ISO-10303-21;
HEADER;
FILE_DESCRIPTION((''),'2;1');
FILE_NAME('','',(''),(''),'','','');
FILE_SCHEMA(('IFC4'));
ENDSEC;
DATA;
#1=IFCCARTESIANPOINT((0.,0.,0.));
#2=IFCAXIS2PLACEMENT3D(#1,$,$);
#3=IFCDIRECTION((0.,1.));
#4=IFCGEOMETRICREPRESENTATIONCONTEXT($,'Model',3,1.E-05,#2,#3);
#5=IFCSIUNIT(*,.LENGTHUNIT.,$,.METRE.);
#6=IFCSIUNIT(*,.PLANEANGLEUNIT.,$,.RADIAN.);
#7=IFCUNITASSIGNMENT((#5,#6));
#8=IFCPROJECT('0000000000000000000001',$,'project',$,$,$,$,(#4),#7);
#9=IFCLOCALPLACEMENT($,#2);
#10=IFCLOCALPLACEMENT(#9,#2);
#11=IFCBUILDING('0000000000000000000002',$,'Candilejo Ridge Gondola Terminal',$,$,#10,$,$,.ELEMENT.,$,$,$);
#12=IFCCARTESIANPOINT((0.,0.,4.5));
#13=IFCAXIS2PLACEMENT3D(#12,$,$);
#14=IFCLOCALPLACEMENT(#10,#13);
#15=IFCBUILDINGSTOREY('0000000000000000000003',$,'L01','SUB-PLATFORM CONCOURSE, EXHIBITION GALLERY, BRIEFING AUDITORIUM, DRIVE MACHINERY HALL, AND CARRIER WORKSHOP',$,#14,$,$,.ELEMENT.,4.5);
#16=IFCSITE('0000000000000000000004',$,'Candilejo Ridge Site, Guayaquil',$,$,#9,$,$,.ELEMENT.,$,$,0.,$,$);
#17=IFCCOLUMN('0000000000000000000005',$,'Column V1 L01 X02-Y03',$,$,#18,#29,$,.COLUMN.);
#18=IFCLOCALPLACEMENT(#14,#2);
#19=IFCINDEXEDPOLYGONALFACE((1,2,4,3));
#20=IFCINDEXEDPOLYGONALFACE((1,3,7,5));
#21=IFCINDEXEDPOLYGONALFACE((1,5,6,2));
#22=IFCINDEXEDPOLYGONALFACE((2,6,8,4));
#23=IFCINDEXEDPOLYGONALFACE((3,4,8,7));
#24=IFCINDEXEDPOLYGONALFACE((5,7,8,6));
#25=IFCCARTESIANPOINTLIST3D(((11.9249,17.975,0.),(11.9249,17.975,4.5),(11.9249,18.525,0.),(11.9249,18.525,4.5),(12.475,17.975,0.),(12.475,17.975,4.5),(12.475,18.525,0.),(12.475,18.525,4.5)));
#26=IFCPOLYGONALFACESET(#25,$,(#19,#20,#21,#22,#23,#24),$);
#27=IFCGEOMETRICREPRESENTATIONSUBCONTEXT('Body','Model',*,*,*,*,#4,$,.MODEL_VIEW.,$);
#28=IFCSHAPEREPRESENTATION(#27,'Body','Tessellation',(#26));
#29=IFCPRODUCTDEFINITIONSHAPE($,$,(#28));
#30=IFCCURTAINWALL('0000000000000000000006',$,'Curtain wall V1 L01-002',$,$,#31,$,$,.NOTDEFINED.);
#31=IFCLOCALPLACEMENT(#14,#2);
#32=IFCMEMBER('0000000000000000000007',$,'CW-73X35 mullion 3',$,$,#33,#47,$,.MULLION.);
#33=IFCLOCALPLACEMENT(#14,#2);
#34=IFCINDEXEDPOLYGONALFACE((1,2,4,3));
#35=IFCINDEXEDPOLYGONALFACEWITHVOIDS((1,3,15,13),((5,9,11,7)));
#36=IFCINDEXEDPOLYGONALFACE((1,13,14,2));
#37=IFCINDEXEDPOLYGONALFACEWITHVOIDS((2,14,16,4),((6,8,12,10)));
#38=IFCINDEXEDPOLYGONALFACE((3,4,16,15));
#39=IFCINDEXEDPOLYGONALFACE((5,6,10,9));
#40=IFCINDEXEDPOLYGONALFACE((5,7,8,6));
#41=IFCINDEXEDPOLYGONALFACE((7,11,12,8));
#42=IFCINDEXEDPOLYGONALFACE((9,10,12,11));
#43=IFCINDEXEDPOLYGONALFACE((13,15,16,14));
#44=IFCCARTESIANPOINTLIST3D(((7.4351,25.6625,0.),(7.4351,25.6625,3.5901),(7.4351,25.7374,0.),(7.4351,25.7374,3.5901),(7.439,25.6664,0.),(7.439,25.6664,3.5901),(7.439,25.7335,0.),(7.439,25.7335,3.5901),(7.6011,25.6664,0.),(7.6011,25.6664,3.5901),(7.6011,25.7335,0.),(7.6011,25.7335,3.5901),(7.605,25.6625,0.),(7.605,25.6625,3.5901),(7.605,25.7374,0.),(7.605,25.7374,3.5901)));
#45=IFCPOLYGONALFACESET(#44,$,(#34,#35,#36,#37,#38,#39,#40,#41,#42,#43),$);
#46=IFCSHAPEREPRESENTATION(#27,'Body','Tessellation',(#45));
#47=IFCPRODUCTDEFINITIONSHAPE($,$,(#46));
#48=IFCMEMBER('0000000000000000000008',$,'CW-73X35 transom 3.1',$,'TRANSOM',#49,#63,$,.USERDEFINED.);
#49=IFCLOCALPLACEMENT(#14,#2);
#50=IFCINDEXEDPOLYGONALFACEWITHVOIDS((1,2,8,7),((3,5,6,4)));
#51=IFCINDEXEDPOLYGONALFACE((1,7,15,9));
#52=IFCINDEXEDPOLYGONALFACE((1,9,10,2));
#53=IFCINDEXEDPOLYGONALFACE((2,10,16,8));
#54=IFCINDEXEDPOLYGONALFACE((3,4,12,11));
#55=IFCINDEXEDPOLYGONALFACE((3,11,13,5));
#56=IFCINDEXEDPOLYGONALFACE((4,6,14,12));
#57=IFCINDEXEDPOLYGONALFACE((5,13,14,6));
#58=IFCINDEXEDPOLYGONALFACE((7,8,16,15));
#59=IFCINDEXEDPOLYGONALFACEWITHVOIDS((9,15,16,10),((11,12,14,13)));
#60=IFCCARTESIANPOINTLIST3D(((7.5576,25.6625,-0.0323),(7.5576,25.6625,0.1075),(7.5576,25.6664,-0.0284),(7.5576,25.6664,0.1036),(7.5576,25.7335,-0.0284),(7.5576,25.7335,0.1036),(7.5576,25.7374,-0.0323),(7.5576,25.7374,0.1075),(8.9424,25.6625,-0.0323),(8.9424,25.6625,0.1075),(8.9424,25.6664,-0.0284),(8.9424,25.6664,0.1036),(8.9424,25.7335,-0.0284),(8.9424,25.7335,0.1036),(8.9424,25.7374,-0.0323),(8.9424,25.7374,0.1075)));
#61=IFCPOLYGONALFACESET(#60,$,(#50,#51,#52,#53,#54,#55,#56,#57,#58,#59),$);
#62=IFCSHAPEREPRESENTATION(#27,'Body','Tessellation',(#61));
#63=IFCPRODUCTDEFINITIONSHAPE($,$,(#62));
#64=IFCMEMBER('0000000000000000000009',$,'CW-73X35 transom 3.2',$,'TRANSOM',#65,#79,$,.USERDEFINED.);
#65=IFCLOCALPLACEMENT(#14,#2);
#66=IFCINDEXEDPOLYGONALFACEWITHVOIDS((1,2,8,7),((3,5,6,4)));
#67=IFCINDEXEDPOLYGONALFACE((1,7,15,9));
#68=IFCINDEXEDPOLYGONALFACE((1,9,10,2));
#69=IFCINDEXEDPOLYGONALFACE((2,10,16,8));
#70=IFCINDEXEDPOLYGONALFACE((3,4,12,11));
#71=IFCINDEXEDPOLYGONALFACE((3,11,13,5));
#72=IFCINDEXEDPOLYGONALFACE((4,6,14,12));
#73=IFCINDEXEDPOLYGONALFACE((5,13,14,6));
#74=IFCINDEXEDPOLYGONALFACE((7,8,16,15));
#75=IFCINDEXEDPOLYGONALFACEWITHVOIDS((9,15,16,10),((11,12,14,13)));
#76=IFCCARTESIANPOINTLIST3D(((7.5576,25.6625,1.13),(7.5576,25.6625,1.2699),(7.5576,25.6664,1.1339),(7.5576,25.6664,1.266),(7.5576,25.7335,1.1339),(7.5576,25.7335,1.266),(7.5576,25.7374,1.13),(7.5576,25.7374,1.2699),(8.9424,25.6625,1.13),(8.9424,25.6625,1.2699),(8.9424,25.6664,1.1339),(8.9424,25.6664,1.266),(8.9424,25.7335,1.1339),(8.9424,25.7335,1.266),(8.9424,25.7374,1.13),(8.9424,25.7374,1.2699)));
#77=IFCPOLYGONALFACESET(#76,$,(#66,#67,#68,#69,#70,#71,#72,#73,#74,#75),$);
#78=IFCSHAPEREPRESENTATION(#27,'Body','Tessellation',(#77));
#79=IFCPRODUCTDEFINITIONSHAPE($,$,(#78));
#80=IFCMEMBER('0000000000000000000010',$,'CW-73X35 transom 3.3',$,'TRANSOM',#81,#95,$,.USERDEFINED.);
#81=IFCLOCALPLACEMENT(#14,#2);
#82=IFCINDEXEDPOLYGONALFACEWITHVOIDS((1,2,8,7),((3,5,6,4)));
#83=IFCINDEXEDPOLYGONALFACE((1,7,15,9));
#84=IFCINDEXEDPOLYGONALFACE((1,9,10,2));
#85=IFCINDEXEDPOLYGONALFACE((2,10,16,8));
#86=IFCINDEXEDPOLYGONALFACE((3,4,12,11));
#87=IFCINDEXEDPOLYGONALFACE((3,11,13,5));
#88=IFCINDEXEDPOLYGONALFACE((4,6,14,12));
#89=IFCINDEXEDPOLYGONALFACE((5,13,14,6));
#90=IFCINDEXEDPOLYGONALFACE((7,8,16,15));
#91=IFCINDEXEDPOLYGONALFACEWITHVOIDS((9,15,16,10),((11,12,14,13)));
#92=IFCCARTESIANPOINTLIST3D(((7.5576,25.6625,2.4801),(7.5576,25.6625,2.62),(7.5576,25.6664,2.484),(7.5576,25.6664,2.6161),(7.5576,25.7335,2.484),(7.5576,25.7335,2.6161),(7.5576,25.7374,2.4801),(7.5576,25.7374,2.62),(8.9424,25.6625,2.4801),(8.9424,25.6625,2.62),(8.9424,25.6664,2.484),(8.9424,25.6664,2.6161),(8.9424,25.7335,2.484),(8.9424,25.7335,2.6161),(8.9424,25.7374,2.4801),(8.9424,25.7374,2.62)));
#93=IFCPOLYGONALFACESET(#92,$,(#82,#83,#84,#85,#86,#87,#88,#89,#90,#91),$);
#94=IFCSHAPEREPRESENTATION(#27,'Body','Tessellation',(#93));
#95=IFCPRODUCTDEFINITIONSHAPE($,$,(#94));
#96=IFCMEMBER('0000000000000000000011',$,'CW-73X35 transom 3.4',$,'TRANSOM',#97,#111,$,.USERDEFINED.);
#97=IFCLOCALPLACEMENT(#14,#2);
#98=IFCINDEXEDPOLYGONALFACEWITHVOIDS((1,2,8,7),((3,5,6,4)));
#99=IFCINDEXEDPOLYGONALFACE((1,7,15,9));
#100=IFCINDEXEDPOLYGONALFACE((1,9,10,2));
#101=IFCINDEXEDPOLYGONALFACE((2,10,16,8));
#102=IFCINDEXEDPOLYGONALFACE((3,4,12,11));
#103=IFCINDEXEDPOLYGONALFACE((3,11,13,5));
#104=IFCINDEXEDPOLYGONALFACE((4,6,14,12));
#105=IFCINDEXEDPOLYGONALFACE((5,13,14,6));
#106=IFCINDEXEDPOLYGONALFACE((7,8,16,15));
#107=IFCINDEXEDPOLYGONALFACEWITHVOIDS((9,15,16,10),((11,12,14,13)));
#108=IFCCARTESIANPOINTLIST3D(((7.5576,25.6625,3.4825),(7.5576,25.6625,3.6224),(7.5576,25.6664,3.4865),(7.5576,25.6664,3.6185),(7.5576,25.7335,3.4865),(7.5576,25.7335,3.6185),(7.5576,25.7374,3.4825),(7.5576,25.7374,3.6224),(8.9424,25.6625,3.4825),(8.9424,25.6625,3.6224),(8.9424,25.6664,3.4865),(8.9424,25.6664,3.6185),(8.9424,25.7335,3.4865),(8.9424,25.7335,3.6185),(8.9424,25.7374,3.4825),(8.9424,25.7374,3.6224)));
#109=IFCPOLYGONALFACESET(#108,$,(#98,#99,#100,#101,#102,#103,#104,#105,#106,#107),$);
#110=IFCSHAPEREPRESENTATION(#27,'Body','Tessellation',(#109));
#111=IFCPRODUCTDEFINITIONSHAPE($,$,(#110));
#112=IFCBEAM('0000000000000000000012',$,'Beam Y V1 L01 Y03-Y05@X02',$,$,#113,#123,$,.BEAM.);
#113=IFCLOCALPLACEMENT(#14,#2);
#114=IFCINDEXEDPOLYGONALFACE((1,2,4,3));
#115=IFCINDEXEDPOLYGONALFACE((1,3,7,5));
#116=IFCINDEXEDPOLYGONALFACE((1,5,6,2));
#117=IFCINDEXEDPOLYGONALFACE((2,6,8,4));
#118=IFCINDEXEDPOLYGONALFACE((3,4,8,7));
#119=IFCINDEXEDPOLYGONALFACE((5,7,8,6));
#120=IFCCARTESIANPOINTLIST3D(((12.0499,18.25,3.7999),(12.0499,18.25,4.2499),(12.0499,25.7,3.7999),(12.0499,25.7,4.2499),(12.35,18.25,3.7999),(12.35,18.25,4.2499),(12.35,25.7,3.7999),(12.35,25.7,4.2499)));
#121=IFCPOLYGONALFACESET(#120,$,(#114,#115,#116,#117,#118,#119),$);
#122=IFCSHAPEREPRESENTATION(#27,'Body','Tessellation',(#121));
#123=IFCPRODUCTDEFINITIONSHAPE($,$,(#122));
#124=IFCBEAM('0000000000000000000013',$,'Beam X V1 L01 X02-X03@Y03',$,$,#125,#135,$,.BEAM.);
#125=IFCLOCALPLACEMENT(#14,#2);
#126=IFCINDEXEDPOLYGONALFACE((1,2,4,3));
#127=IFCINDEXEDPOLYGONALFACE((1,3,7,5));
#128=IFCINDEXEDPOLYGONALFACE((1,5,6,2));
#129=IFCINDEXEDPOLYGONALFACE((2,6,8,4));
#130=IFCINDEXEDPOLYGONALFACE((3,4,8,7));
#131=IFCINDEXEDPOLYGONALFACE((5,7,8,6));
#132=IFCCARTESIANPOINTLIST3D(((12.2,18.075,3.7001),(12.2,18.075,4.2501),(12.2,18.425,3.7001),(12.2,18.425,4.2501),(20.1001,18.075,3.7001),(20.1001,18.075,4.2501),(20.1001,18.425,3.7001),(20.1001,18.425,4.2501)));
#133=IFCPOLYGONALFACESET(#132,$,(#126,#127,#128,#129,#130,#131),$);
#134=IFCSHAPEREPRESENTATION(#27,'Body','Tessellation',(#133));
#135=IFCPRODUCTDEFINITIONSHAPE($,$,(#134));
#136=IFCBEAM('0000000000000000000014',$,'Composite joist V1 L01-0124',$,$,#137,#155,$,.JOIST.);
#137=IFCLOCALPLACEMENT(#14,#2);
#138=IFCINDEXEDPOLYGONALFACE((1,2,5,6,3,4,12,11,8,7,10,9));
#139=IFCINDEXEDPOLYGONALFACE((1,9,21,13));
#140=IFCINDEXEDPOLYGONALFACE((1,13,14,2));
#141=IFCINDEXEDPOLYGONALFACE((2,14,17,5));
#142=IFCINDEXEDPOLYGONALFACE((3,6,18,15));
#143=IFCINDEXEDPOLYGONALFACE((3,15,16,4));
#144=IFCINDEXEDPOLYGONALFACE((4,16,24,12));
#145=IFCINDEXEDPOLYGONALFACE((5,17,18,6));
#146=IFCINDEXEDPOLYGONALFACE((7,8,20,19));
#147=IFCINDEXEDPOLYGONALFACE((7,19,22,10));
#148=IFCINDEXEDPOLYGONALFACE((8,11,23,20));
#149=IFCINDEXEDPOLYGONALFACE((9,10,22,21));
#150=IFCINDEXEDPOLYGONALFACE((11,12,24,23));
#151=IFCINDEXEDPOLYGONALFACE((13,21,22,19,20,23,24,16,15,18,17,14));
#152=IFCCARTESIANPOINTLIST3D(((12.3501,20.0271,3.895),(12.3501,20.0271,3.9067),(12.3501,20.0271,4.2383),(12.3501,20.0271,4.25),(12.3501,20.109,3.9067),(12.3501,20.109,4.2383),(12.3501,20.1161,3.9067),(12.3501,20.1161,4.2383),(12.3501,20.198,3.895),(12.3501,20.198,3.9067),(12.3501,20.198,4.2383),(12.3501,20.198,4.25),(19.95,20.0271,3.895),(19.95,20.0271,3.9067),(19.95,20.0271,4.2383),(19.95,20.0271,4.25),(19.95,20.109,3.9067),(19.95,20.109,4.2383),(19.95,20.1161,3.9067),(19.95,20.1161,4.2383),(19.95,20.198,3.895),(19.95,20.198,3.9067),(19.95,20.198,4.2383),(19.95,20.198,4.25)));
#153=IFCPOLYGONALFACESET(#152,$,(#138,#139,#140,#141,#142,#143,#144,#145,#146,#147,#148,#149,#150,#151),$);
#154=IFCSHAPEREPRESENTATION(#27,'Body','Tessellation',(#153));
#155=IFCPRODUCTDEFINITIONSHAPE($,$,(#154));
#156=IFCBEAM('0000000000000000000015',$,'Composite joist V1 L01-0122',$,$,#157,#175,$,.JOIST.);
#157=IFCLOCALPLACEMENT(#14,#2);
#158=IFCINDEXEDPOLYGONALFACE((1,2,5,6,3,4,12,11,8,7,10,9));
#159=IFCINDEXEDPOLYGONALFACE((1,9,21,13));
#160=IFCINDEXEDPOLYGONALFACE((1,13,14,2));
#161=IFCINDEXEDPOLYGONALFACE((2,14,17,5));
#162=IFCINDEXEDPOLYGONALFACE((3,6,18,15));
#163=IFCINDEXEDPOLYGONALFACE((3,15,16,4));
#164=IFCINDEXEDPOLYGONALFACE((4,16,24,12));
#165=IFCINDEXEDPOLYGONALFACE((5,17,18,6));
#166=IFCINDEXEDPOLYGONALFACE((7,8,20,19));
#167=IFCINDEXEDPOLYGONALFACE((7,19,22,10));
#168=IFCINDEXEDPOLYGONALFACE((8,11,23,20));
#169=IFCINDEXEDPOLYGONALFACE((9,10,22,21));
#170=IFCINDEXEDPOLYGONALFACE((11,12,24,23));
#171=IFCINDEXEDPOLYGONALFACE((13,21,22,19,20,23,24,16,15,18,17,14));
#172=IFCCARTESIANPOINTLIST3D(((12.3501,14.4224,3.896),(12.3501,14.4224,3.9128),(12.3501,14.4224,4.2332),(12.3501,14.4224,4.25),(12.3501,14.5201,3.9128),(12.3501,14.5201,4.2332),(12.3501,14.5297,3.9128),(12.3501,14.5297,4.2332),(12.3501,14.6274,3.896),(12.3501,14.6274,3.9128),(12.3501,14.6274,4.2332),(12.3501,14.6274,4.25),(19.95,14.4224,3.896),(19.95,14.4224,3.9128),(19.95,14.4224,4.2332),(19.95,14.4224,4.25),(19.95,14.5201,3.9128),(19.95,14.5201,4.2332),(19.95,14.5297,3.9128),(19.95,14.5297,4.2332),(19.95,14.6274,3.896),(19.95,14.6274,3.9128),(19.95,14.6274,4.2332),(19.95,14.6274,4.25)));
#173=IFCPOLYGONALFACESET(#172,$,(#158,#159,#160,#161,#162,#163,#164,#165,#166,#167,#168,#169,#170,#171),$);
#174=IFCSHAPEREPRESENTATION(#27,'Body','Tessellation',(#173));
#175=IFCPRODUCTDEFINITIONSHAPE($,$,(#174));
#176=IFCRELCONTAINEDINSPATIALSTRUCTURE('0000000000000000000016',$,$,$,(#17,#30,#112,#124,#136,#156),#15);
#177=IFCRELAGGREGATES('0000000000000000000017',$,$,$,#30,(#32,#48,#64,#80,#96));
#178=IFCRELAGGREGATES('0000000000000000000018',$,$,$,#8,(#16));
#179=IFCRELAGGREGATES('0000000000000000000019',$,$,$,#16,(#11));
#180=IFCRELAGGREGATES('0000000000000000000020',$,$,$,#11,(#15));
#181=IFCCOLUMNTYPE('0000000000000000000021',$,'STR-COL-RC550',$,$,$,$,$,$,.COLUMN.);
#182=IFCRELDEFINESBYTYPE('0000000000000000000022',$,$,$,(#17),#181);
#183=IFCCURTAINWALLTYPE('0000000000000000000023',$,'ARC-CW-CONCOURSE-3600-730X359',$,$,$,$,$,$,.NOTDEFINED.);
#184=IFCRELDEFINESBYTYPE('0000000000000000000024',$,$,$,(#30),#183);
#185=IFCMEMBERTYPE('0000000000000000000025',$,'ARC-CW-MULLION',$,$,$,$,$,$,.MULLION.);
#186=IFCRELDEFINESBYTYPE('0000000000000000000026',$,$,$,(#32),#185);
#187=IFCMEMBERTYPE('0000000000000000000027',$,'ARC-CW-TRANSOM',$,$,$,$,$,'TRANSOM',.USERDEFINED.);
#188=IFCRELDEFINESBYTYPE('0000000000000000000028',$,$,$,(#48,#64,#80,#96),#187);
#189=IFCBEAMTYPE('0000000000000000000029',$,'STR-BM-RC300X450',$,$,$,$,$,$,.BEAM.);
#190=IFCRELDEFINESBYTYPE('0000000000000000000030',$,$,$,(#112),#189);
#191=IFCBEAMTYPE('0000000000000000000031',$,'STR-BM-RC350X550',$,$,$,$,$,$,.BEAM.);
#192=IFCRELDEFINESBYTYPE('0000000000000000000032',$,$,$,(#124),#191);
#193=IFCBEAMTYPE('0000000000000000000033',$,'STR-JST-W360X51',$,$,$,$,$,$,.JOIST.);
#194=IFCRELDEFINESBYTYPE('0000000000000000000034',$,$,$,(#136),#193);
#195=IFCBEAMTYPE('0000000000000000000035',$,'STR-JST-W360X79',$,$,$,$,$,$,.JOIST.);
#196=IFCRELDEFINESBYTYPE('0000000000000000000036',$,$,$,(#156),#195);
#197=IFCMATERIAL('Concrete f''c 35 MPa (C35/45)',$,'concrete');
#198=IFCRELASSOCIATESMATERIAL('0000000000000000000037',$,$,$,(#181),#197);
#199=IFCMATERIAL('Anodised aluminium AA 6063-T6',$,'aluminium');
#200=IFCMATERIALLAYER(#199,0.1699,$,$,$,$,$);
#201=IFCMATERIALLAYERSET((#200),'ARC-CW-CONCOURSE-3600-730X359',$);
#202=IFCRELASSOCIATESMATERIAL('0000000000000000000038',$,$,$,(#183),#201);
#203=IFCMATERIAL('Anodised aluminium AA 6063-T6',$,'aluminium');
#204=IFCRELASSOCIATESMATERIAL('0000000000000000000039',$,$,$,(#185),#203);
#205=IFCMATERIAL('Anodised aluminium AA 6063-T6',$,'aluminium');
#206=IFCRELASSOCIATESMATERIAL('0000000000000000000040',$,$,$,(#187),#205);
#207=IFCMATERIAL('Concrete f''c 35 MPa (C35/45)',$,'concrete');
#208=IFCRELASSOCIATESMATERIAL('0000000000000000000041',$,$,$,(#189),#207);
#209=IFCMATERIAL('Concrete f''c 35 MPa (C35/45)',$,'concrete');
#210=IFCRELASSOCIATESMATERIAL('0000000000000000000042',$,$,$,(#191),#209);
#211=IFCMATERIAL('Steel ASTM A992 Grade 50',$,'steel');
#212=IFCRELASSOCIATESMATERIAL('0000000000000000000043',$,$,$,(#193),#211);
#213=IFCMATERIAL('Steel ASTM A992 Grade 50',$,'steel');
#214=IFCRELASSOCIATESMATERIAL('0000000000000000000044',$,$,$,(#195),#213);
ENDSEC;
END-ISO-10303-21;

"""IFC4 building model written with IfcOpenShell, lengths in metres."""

from ifc_helpers import new_model, si_unit, direction, frame, origin, origin_2d, place, context, subcontext, project, spatial, rectangle, hollow_rectangle, i_section, extrude, material, layer, layer_set, material_profile, profile_set, type_object, element, aggregate, save


model = new_model("IFC4")

# Units and contexts
model_context = context("Model", 3, precision=1e-05, world=origin(), true_north=direction((0.0, 1.0)))
body_context = subcontext(model_context, "Body", "Model", "MODEL_VIEW")
ifc_project = project(units=[si_unit("LENGTHUNIT", "METRE"), si_unit("PLANEANGLEUNIT", "RADIAN")], contexts=[model_context])

# Site, building, storey
site_placement = place(None, origin())
site = spatial("IfcSite", under=ifc_project, at=site_placement, Name="Candilejo Ridge Site, Guayaquil", CompositionType="ELEMENT", RefElevation=0.0)
building_placement = place(site_placement, origin())
building = spatial("IfcBuilding", under=site, at=building_placement, Name="Candilejo Ridge Gondola Terminal", CompositionType="ELEMENT")
storey_placement = place(building_placement, frame((0.0, 0.0, 4.5)))
storey = spatial("IfcBuildingStorey", under=building, at=storey_placement, Name="L01", Description="SUB-PLATFORM CONCOURSE, EXHIBITION GALLERY, BRIEFING AUDITORIUM, DRIVE MACHINERY HALL, AND CARRIER WORKSHOP", CompositionType="ELEMENT", Elevation=4.5)

# Column
ifc_material_1 = material(Name="Concrete f'c 35 MPa (C35/45)", Category="concrete")
ifc_material_profile_1 = material_profile(ifc_material_1, rectangle(XDim=0.55, YDim=0.55, at=origin_2d()))
ifc_profile_set_1 = profile_set([ifc_material_profile_1], Name="Concrete f'c 35 MPa (C35/45)")
column_type = type_object("IfcColumnType", Name="STR-COL-RC550", PredefinedType="COLUMN", material=ifc_profile_set_1)
column_placement = place(storey_placement, frame((12.2, 18.25, 0.0), z_axis=(0.0, 0.0, 1.0), x_axis=(1.0, 0.0, 0.0)))
element("IfcColumn", 1, at=column_placement, inside=storey, type_object=column_type, Name="Column V1 L01 X02-Y03", PredefinedType="COLUMN", context=body_context, shape_type="SweptSolid", body=[
    extrude(rectangle(XDim=0.55, YDim=0.55, at=origin_2d()), origin(), (0.0, 0.0, 1.0), 4.5),
])

# Curtain wall, members
ifc_material_2 = material(Name="Anodised aluminium AA 6063-T6", Category="aluminium")
ifc_layer_1 = layer(ifc_material_2, 0.1699)
ifc_layer_set_1 = layer_set([ifc_layer_1], Name="ARC-CW-CONCOURSE-3600-730X359")
curtain_wall_type = type_object("IfcCurtainWallType", Name="ARC-CW-CONCOURSE-3600-730X359", PredefinedType="NOTDEFINED", material=ifc_layer_set_1)
curtain_wall_placement = place(storey_placement, origin())
curtain_wall = element("IfcCurtainWall", 2, at=curtain_wall_placement, inside=storey, type_object=curtain_wall_type, Name="Curtain wall V1 L01-002", PredefinedType="NOTDEFINED")
ifc_material_3 = material(Name="Anodised aluminium AA 6063-T6", Category="aluminium")
ifc_material_profile_2 = material_profile(ifc_material_3, hollow_rectangle(XDim=0.075, YDim=0.1699, WallThickness=0.0039, at=origin_2d()))
ifc_profile_set_2 = profile_set([ifc_material_profile_2], Name="Anodised aluminium AA 6063-T6")
member_type_1 = type_object("IfcMemberType", Name="ARC-CW-MULLION", PredefinedType="MULLION", material=ifc_profile_set_2)
member_1_placement = place(storey_placement, frame((7.52, 25.7, 0.0), z_axis=(0.0, 0.0, 1.0), x_axis=(0.0, 1.0, 0.0)))
member_1 = element("IfcMember", 3, at=member_1_placement, type_object=member_type_1, Name="CW-73X35 mullion 3", PredefinedType="MULLION", context=body_context, shape_type="SweptSolid", body=[
    extrude(hollow_rectangle(XDim=0.075, YDim=0.1699, WallThickness=0.0039, at=origin_2d()), origin(), (0.0, 0.0, 1.0), 3.5901),
])
ifc_material_4 = material(Name="Anodised aluminium AA 6063-T6", Category="aluminium")
ifc_material_profile_3 = material_profile(ifc_material_4, hollow_rectangle(XDim=0.075, YDim=0.1399, WallThickness=0.0039, at=origin_2d()))
ifc_profile_set_3 = profile_set([ifc_material_profile_3], Name="Anodised aluminium AA 6063-T6")
member_type_2 = type_object("IfcMemberType", Name="ARC-CW-TRANSOM", ElementType="TRANSOM", PredefinedType="USERDEFINED", material=ifc_profile_set_3)
member_2_placement = place(storey_placement, frame((7.5576, 25.7, 0.0376), z_axis=(1.0, 0.0, 0.0), x_axis=(0.0, 1.0, 0.0)))
member_2 = element("IfcMember", 4, at=member_2_placement, type_object=member_type_2, Name="CW-73X35 transom 3.1", ObjectType="TRANSOM", PredefinedType="USERDEFINED", context=body_context, shape_type="SweptSolid", body=[
    extrude(hollow_rectangle(XDim=0.075, YDim=0.1399, WallThickness=0.0039, at=origin_2d()), origin(), (0.0, 0.0, 1.0), 1.3848),
])
member_3_placement = place(storey_placement, frame((7.5576, 25.7, 1.2), z_axis=(1.0, 0.0, 0.0), x_axis=(0.0, 1.0, 0.0)))
member_3 = element("IfcMember", 5, at=member_3_placement, type_object=member_type_2, Name="CW-73X35 transom 3.2", ObjectType="TRANSOM", PredefinedType="USERDEFINED", context=body_context, shape_type="SweptSolid", body=[
    extrude(hollow_rectangle(XDim=0.075, YDim=0.1399, WallThickness=0.0039, at=origin_2d()), origin(), (0.0, 0.0, 1.0), 1.3848),
])
member_4_placement = place(storey_placement, frame((7.5576, 25.7, 2.55), z_axis=(1.0, 0.0, 0.0), x_axis=(0.0, 1.0, 0.0)))
member_4 = element("IfcMember", 6, at=member_4_placement, type_object=member_type_2, Name="CW-73X35 transom 3.3", ObjectType="TRANSOM", PredefinedType="USERDEFINED", context=body_context, shape_type="SweptSolid", body=[
    extrude(hollow_rectangle(XDim=0.075, YDim=0.1399, WallThickness=0.0039, at=origin_2d()), origin(), (0.0, 0.0, 1.0), 1.3848),
])
member_5_placement = place(storey_placement, frame((7.5576, 25.7, 3.5525), z_axis=(1.0, 0.0, 0.0), x_axis=(0.0, 1.0, 0.0)))
member_5 = element("IfcMember", 7, at=member_5_placement, type_object=member_type_2, Name="CW-73X35 transom 3.4", ObjectType="TRANSOM", PredefinedType="USERDEFINED", context=body_context, shape_type="SweptSolid", body=[
    extrude(hollow_rectangle(XDim=0.075, YDim=0.1399, WallThickness=0.0039, at=origin_2d()), origin(), (0.0, 0.0, 1.0), 1.3848),
])

# Beams
ifc_material_5 = material(Name="Concrete f'c 35 MPa (C35/45)", Category="concrete")
ifc_material_profile_4 = material_profile(ifc_material_5, rectangle(XDim=0.3, YDim=0.45, at=origin_2d()))
ifc_profile_set_4 = profile_set([ifc_material_profile_4], Name="Concrete f'c 35 MPa (C35/45)")
beam_type_1 = type_object("IfcBeamType", Name="STR-BM-RC300X450", PredefinedType="BEAM", material=ifc_profile_set_4)
beam_1_placement = place(storey_placement, frame((12.2, 18.25, 4.0249), z_axis=(0.0, 1.0, 0.0), x_axis=(-1.0, 0.0, 0.0)))
element("IfcBeam", 8, at=beam_1_placement, inside=storey, type_object=beam_type_1, Name="Beam Y V1 L01 Y03-Y05@X02", PredefinedType="BEAM", context=body_context, shape_type="SweptSolid", body=[
    extrude(rectangle(XDim=0.3, YDim=0.45, at=origin_2d()), origin(), (0.0, 0.0, 1.0), 7.45),
])
ifc_material_6 = material(Name="Concrete f'c 35 MPa (C35/45)", Category="concrete")
ifc_material_profile_5 = material_profile(ifc_material_6, rectangle(XDim=0.3501, YDim=0.55, at=origin_2d()))
ifc_profile_set_5 = profile_set([ifc_material_profile_5], Name="Concrete f'c 35 MPa (C35/45)")
beam_type_2 = type_object("IfcBeamType", Name="STR-BM-RC350X550", PredefinedType="BEAM", material=ifc_profile_set_5)
beam_2_placement = place(storey_placement, frame((12.2, 18.25, 3.9751), z_axis=(1.0, 0.0, 0.0), x_axis=(0.0, 1.0, 0.0)))
element("IfcBeam", 9, at=beam_2_placement, inside=storey, type_object=beam_type_2, Name="Beam X V1 L01 X02-X03@Y03", PredefinedType="BEAM", context=body_context, shape_type="SweptSolid", body=[
    extrude(rectangle(XDim=0.3501, YDim=0.55, at=origin_2d()), origin(), (0.0, 0.0, 1.0), 7.9001),
])
ifc_material_7 = material(Name="Steel ASTM A992 Grade 50", Category="steel")
ifc_material_profile_6 = material_profile(ifc_material_7, i_section(OverallWidth=0.1709, OverallDepth=0.355, WebThickness=0.0071, FlangeThickness=0.0117, at=origin_2d()))
ifc_profile_set_6 = profile_set([ifc_material_profile_6], Name="Steel ASTM A992 Grade 50")
beam_type_3 = type_object("IfcBeamType", Name="STR-JST-W360X51", PredefinedType="JOIST", material=ifc_profile_set_6)
beam_3_placement = place(storey_placement, frame((12.3501, 20.1125, 4.0725), z_axis=(1.0, 0.0, 0.0), x_axis=(0.0, 1.0, 0.0)))
element("IfcBeam", 10, at=beam_3_placement, inside=storey, type_object=beam_type_3, Name="Composite joist V1 L01-0124", PredefinedType="JOIST", context=body_context, shape_type="SweptSolid", body=[
    extrude(i_section(OverallWidth=0.1709, OverallDepth=0.355, WebThickness=0.0071, FlangeThickness=0.0117, at=origin_2d()), origin(), (0.0, 0.0, 1.0), 7.5999),
])
ifc_material_8 = material(Name="Steel ASTM A992 Grade 50", Category="steel")
ifc_material_profile_7 = material_profile(ifc_material_8, i_section(OverallWidth=0.2051, OverallDepth=0.354, WebThickness=0.0095, FlangeThickness=0.0168, at=origin_2d()))
ifc_profile_set_7 = profile_set([ifc_material_profile_7], Name="Steel ASTM A992 Grade 50")
beam_type_4 = type_object("IfcBeamType", Name="STR-JST-W360X79", PredefinedType="JOIST", material=ifc_profile_set_7)
for number, where, z_axis, x_axis, name in (
    (11, (12.3501, 14.5249, 4.073), (1.0, 0.0, 0.0), (0.0, 1.0, 0.0), "Composite joist V1 L01-0122"),
):
    element("IfcBeam", number, at=place(storey_placement, frame(where, z_axis=z_axis, x_axis=x_axis)), inside=storey, type_object=beam_type_4, Name=name, PredefinedType="JOIST", context=body_context, shape_type="SweptSolid", body=[
        extrude(i_section(OverallWidth=0.2051, OverallDepth=0.354, WebThickness=0.0095, FlangeThickness=0.0168, at=origin_2d()), origin(), (0.0, 0.0, 1.0), 7.5999),
    ])

aggregate(curtain_wall, [member_1, member_2, member_3, member_4, member_5])

save(model, "model.ifc")
